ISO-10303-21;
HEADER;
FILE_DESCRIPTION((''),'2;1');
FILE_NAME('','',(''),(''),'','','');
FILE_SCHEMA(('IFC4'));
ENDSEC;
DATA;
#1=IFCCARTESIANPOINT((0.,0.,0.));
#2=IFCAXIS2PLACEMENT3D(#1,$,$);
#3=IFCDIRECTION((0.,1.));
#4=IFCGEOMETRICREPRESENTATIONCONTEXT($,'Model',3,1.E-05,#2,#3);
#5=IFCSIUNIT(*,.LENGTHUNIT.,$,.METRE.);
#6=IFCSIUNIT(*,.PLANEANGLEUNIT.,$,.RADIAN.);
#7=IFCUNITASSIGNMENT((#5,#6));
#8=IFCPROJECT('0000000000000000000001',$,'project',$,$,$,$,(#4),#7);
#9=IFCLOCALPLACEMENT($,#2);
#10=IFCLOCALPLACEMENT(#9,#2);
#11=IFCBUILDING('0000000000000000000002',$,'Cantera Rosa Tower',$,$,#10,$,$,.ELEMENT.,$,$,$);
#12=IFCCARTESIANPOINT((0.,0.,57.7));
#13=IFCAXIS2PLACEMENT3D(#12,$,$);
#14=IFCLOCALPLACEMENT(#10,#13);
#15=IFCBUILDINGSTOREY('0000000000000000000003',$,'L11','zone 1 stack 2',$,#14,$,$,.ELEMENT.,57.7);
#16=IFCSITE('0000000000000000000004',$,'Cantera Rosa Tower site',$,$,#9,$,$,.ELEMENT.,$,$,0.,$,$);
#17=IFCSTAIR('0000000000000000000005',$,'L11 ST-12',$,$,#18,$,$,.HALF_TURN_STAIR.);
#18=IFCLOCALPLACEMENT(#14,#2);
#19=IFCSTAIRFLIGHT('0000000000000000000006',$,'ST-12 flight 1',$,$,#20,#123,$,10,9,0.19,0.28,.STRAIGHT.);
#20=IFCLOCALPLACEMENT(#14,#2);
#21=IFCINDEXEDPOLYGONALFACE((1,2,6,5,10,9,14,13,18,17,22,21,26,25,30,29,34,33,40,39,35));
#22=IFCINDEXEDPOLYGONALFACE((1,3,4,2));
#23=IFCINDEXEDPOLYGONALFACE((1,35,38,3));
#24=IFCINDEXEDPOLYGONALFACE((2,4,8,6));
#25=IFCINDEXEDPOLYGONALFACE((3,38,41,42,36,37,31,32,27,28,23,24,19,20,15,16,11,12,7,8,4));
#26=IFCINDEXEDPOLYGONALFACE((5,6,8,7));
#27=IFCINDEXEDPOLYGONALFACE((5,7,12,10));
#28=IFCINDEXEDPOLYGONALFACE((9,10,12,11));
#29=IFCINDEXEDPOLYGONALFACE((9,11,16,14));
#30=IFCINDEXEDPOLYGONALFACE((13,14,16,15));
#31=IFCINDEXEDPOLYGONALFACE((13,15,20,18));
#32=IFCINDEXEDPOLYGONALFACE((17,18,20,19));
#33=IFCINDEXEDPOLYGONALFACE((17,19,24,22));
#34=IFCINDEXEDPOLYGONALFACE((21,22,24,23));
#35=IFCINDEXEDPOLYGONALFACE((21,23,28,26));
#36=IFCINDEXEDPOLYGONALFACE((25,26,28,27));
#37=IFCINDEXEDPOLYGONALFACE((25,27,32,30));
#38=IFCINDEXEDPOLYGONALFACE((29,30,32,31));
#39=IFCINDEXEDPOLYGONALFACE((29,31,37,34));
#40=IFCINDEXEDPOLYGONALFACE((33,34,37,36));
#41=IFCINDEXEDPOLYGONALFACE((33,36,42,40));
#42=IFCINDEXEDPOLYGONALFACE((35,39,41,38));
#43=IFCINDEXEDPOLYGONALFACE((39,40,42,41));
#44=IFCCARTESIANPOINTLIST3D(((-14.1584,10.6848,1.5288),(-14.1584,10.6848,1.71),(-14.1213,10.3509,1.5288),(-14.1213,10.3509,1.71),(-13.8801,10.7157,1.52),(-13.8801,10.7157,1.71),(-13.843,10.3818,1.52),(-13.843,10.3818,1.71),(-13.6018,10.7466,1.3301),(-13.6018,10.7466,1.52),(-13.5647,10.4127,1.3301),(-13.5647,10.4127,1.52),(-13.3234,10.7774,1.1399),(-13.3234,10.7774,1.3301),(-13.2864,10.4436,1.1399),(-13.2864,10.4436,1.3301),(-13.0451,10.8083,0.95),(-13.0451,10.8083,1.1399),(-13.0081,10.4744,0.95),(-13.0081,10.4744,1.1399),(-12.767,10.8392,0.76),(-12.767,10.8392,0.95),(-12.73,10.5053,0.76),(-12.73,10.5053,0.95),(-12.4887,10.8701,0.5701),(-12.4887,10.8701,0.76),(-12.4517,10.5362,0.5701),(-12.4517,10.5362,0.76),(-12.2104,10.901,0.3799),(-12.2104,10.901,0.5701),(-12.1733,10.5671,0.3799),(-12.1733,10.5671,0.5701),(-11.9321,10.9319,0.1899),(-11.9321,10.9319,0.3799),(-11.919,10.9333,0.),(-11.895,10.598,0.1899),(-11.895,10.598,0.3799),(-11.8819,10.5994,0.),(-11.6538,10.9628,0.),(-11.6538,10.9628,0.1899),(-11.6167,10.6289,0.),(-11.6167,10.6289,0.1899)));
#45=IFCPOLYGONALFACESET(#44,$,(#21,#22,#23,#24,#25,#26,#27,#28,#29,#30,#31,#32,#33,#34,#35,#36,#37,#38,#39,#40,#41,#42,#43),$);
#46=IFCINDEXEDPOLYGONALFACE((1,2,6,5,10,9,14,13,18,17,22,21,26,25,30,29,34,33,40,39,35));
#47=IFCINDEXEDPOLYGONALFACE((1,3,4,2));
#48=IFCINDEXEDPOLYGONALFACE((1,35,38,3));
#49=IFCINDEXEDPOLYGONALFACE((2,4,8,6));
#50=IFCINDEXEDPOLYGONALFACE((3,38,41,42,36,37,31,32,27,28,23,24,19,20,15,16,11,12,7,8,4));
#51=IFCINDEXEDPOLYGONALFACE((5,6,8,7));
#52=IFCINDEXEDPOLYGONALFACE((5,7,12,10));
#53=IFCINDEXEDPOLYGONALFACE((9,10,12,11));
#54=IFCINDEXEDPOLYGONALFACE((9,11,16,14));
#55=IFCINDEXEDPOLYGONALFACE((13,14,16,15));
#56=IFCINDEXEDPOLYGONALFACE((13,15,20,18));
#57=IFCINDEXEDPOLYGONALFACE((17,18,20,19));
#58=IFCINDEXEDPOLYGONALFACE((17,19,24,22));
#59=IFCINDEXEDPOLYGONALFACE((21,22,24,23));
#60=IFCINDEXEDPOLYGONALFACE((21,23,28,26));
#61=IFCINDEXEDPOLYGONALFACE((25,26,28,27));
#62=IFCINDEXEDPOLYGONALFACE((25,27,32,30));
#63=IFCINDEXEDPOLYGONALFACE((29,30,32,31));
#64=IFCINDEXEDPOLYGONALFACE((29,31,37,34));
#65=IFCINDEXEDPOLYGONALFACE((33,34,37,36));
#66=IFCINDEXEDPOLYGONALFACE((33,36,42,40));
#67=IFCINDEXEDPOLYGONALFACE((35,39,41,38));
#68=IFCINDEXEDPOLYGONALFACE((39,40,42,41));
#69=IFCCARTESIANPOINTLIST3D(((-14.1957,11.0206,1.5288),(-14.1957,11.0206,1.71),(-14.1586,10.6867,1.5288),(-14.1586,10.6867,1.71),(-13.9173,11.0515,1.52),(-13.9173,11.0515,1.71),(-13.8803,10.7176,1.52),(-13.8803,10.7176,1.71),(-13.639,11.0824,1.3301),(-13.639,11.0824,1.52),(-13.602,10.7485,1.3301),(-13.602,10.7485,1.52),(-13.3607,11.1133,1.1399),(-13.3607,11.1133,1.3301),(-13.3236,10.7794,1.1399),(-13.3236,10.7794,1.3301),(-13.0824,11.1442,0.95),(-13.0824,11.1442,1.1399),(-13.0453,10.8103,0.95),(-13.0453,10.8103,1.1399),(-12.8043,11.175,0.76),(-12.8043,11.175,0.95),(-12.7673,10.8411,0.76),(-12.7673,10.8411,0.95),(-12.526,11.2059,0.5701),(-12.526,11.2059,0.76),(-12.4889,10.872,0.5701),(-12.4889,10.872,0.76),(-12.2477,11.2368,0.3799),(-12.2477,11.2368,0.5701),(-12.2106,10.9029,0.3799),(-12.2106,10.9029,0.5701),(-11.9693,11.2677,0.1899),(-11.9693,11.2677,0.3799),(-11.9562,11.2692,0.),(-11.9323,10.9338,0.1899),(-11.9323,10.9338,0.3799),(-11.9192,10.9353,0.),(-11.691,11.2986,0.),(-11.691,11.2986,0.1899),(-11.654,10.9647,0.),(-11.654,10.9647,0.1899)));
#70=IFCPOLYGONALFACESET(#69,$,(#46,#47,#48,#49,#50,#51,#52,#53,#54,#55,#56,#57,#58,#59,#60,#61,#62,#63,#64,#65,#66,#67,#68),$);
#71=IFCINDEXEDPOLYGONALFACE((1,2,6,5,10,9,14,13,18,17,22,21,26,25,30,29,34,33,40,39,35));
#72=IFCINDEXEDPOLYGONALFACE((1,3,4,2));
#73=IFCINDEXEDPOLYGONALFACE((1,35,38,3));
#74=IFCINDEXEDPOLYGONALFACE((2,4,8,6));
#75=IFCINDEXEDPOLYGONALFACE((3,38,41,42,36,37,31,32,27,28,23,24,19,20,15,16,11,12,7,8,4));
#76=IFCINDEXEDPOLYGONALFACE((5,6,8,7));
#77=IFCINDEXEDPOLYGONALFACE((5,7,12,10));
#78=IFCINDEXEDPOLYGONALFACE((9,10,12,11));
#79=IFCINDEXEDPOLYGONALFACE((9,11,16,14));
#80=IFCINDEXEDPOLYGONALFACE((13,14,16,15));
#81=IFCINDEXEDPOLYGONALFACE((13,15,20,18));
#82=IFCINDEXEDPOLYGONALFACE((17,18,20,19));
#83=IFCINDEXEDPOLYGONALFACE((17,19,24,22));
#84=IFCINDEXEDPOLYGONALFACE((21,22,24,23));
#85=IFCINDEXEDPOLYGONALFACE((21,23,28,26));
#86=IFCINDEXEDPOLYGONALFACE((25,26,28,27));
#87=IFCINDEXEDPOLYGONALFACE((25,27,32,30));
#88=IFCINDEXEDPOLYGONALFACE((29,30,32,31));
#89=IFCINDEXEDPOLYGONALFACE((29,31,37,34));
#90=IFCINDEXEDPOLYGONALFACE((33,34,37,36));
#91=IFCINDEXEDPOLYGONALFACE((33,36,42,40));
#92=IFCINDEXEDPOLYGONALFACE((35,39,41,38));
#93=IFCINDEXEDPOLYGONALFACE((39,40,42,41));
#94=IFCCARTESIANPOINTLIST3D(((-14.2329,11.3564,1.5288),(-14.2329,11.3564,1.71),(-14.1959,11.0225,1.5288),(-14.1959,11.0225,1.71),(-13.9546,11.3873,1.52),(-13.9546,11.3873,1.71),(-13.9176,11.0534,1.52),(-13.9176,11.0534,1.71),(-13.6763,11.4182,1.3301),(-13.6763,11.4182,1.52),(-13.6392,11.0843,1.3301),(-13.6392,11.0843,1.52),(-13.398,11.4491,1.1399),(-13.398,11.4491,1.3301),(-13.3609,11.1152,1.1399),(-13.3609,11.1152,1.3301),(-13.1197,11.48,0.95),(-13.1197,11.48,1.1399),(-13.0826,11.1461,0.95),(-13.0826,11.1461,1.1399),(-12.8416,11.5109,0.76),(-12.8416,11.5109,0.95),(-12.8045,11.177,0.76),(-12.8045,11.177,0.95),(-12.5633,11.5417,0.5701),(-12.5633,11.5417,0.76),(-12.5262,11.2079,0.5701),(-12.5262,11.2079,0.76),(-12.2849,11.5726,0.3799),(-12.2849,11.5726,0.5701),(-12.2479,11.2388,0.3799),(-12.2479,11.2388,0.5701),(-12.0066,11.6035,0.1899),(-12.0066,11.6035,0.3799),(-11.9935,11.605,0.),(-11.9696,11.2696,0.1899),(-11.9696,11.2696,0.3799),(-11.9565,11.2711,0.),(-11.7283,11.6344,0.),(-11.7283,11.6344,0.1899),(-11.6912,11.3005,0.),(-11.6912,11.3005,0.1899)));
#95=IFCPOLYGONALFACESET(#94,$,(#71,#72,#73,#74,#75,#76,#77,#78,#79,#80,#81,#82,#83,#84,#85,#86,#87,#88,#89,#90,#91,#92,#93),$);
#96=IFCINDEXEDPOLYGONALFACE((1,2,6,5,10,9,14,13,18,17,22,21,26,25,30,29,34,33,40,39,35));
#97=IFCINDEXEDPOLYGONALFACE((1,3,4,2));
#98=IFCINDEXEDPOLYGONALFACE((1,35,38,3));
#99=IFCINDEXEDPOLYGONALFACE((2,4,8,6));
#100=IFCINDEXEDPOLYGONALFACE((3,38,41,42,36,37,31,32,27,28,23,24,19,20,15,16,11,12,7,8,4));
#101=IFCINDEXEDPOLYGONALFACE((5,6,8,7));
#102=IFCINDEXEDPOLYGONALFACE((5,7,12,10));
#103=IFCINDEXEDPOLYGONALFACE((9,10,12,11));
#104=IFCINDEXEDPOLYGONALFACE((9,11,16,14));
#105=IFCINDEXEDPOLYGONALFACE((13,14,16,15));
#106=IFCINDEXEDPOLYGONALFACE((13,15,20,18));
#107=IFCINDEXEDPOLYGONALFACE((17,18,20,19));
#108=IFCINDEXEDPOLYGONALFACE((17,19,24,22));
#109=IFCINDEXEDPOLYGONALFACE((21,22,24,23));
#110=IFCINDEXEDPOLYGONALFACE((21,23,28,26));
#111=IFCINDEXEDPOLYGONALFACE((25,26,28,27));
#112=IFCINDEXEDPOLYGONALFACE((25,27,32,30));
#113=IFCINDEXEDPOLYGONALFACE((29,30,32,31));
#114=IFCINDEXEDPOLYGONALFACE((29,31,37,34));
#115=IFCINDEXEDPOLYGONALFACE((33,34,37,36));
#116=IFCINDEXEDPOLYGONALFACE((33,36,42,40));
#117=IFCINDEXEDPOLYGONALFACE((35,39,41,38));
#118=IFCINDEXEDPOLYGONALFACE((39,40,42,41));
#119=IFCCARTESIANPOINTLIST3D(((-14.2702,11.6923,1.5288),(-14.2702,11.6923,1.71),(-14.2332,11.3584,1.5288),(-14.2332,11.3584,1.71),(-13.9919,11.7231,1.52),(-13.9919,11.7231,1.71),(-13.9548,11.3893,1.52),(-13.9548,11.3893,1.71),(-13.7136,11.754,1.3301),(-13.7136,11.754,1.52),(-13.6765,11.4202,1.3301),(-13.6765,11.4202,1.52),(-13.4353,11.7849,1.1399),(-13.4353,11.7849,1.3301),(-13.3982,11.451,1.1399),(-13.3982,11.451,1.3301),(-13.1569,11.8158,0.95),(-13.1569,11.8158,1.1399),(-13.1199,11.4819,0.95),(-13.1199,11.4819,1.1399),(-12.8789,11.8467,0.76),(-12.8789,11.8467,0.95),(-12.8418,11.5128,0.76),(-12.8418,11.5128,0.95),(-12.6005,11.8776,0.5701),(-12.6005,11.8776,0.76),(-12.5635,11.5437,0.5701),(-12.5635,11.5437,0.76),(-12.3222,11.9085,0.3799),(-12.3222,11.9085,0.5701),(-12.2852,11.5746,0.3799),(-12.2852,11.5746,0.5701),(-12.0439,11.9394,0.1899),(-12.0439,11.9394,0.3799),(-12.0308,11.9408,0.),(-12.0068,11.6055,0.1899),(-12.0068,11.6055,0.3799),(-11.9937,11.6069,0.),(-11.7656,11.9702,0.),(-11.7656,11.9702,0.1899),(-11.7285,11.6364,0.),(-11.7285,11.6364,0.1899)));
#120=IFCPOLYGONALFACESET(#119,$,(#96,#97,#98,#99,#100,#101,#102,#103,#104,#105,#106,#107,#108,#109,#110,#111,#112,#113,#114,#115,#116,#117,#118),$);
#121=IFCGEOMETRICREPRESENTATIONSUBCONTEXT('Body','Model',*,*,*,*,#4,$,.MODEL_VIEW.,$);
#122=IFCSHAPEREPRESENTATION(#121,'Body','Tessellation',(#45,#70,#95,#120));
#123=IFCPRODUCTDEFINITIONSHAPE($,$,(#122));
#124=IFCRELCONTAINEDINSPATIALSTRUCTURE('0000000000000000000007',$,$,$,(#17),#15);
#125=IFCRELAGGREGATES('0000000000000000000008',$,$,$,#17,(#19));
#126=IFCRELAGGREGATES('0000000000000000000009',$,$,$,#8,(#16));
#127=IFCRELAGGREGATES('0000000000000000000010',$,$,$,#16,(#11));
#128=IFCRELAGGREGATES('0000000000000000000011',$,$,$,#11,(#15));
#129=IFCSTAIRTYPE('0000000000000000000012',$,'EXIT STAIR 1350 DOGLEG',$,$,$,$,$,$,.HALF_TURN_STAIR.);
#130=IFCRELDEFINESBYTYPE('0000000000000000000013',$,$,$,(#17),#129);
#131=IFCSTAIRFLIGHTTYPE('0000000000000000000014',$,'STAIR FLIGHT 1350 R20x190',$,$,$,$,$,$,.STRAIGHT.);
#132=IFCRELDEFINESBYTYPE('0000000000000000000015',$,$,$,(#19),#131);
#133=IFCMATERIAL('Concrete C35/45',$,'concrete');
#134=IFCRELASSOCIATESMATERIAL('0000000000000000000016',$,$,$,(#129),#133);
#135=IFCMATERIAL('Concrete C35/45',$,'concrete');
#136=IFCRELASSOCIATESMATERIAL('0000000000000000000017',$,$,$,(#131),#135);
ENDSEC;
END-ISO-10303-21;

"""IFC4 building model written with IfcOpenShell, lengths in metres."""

from ifc_helpers import new_model, si_unit, direction, frame, origin, place, context, subcontext, project, spatial, polyline, outline, extrude, material, type_object, element, aggregate, save


model = new_model("IFC4")

# Units and contexts
model_context = context("Model", 3, precision=1e-05, world=origin(), true_north=direction((0.0, 1.0)))
body_context = subcontext(model_context, "Body", "Model", "MODEL_VIEW")
ifc_project = project(units=[si_unit("LENGTHUNIT", "METRE"), si_unit("PLANEANGLEUNIT", "RADIAN")], contexts=[model_context])

# Site, building, storey
site_placement = place(None, origin())
site = spatial("IfcSite", under=ifc_project, at=site_placement, Name="Cantera Rosa Tower site", CompositionType="ELEMENT", RefElevation=0.0)
building_placement = place(site_placement, origin())
building = spatial("IfcBuilding", under=site, at=building_placement, Name="Cantera Rosa Tower", CompositionType="ELEMENT")
storey_placement = place(building_placement, frame((0.0, 0.0, 57.7)))
storey = spatial("IfcBuildingStorey", under=building, at=storey_placement, Name="L11", Description="zone 1 stack 2", CompositionType="ELEMENT", Elevation=57.7)

# Stair, stair flight
ifc_material_1 = material(Name="Concrete C35/45", Category="concrete")
stair_type = type_object("IfcStairType", Name="EXIT STAIR 1350 DOGLEG", PredefinedType="HALF_TURN_STAIR", material=ifc_material_1)
stair_placement = place(storey_placement, origin())
stair = element("IfcStair", 1, at=stair_placement, inside=storey, type_object=stair_type, Name="L11 ST-12", PredefinedType="HALF_TURN_STAIR")
ifc_material_2 = material(Name="Concrete C35/45", Category="concrete")
stair_flight_type = type_object("IfcStairFlightType", Name="STAIR FLIGHT 1350 R20x190", PredefinedType="STRAIGHT", material=ifc_material_2)
stair_flight_placement = place(storey_placement, frame((-11.6912, 11.2998, 0.0), z_axis=(0.0, 0.0, 1.0), x_axis=(-0.993897, -0.110313, 0.0)))
stair_flight = element("IfcStairFlight", 2, at=stair_flight_placement, type_object=stair_flight_type, Name="ST-12 flight 1", NumberOfRisers=10, NumberOfTreads=9, PredefinedType="STRAIGHT", RiserHeight=0.19, TreadLength=0.28, context=body_context, shape_type="SweptSolid", body=[
    extrude(outline(polyline([(0.0, 0.0), (0.0, 0.1899), (0.28, 0.1899), (0.28, 0.3799), (0.5601, 0.3799), (0.5601, 0.5701), (0.8401, 0.5701), (0.8401, 0.76), (1.1201, 0.76), (1.1201, 0.95), (1.3999, 0.95), (1.3999, 1.1399), (1.6799, 1.1399), (1.6799, 1.3301), (1.96, 1.3301), (1.96, 1.52), (2.24, 1.52), (2.24, 1.71), (2.52, 1.71), (2.52, 1.8999), (2.52, 1.5288), (0.2668, 0.0), (0.0, 0.0)])), frame((0.0, 0.675, 0.0), z_axis=(0.0, -1.0, 0.0), x_axis=(1.0, 0.0, 0.0)), (0.0, 0.0, 1.0), 0.3359),
    extrude(outline(polyline([(0.0, 0.0), (0.0, 0.1899), (0.28, 0.1899), (0.28, 0.3799), (0.5601, 0.3799), (0.5601, 0.5701), (0.8401, 0.5701), (0.8401, 0.76), (1.1201, 0.76), (1.1201, 0.95), (1.3999, 0.95), (1.3999, 1.1399), (1.6799, 1.1399), (1.6799, 1.3301), (1.96, 1.3301), (1.96, 1.52), (2.24, 1.52), (2.24, 1.71), (2.52, 1.71), (2.52, 1.8999), (2.52, 1.5288), (0.2668, 0.0), (0.0, 0.0)])), frame((0.0, 0.3372, 0.0), z_axis=(0.0, -1.0, 0.0), x_axis=(1.0, 0.0, 0.0)), (0.0, 0.0, 1.0), 0.3359),
    extrude(outline(polyline([(0.0, 0.0), (0.0, 0.1899), (0.28, 0.1899), (0.28, 0.3799), (0.5601, 0.3799), (0.5601, 0.5701), (0.8401, 0.5701), (0.8401, 0.76), (1.1201, 0.76), (1.1201, 0.95), (1.3999, 0.95), (1.3999, 1.1399), (1.6799, 1.1399), (1.6799, 1.3301), (1.96, 1.3301), (1.96, 1.52), (2.24, 1.52), (2.24, 1.71), (2.52, 1.71), (2.52, 1.8999), (2.52, 1.5288), (0.2668, 0.0), (0.0, 0.0)])), frame((0.0, -0.0007, 0.0), z_axis=(0.0, -1.0, 0.0), x_axis=(1.0, 0.0, 0.0)), (0.0, 0.0, 1.0), 0.3359),
    extrude(outline(polyline([(0.0, 0.0), (0.0, 0.1899), (0.28, 0.1899), (0.28, 0.3799), (0.5601, 0.3799), (0.5601, 0.5701), (0.8401, 0.5701), (0.8401, 0.76), (1.1201, 0.76), (1.1201, 0.95), (1.3999, 0.95), (1.3999, 1.1399), (1.6799, 1.1399), (1.6799, 1.3301), (1.96, 1.3301), (1.96, 1.52), (2.24, 1.52), (2.24, 1.71), (2.52, 1.71), (2.52, 1.8999), (2.52, 1.5288), (0.2668, 0.0), (0.0, 0.0)])), frame((0.0, -0.3386, 0.0), z_axis=(0.0, -1.0, 0.0), x_axis=(1.0, 0.0, 0.0)), (0.0, 0.0, 1.0), 0.3359),
])
aggregate(stair, [stair_flight])

save(model, "model.ifc")
